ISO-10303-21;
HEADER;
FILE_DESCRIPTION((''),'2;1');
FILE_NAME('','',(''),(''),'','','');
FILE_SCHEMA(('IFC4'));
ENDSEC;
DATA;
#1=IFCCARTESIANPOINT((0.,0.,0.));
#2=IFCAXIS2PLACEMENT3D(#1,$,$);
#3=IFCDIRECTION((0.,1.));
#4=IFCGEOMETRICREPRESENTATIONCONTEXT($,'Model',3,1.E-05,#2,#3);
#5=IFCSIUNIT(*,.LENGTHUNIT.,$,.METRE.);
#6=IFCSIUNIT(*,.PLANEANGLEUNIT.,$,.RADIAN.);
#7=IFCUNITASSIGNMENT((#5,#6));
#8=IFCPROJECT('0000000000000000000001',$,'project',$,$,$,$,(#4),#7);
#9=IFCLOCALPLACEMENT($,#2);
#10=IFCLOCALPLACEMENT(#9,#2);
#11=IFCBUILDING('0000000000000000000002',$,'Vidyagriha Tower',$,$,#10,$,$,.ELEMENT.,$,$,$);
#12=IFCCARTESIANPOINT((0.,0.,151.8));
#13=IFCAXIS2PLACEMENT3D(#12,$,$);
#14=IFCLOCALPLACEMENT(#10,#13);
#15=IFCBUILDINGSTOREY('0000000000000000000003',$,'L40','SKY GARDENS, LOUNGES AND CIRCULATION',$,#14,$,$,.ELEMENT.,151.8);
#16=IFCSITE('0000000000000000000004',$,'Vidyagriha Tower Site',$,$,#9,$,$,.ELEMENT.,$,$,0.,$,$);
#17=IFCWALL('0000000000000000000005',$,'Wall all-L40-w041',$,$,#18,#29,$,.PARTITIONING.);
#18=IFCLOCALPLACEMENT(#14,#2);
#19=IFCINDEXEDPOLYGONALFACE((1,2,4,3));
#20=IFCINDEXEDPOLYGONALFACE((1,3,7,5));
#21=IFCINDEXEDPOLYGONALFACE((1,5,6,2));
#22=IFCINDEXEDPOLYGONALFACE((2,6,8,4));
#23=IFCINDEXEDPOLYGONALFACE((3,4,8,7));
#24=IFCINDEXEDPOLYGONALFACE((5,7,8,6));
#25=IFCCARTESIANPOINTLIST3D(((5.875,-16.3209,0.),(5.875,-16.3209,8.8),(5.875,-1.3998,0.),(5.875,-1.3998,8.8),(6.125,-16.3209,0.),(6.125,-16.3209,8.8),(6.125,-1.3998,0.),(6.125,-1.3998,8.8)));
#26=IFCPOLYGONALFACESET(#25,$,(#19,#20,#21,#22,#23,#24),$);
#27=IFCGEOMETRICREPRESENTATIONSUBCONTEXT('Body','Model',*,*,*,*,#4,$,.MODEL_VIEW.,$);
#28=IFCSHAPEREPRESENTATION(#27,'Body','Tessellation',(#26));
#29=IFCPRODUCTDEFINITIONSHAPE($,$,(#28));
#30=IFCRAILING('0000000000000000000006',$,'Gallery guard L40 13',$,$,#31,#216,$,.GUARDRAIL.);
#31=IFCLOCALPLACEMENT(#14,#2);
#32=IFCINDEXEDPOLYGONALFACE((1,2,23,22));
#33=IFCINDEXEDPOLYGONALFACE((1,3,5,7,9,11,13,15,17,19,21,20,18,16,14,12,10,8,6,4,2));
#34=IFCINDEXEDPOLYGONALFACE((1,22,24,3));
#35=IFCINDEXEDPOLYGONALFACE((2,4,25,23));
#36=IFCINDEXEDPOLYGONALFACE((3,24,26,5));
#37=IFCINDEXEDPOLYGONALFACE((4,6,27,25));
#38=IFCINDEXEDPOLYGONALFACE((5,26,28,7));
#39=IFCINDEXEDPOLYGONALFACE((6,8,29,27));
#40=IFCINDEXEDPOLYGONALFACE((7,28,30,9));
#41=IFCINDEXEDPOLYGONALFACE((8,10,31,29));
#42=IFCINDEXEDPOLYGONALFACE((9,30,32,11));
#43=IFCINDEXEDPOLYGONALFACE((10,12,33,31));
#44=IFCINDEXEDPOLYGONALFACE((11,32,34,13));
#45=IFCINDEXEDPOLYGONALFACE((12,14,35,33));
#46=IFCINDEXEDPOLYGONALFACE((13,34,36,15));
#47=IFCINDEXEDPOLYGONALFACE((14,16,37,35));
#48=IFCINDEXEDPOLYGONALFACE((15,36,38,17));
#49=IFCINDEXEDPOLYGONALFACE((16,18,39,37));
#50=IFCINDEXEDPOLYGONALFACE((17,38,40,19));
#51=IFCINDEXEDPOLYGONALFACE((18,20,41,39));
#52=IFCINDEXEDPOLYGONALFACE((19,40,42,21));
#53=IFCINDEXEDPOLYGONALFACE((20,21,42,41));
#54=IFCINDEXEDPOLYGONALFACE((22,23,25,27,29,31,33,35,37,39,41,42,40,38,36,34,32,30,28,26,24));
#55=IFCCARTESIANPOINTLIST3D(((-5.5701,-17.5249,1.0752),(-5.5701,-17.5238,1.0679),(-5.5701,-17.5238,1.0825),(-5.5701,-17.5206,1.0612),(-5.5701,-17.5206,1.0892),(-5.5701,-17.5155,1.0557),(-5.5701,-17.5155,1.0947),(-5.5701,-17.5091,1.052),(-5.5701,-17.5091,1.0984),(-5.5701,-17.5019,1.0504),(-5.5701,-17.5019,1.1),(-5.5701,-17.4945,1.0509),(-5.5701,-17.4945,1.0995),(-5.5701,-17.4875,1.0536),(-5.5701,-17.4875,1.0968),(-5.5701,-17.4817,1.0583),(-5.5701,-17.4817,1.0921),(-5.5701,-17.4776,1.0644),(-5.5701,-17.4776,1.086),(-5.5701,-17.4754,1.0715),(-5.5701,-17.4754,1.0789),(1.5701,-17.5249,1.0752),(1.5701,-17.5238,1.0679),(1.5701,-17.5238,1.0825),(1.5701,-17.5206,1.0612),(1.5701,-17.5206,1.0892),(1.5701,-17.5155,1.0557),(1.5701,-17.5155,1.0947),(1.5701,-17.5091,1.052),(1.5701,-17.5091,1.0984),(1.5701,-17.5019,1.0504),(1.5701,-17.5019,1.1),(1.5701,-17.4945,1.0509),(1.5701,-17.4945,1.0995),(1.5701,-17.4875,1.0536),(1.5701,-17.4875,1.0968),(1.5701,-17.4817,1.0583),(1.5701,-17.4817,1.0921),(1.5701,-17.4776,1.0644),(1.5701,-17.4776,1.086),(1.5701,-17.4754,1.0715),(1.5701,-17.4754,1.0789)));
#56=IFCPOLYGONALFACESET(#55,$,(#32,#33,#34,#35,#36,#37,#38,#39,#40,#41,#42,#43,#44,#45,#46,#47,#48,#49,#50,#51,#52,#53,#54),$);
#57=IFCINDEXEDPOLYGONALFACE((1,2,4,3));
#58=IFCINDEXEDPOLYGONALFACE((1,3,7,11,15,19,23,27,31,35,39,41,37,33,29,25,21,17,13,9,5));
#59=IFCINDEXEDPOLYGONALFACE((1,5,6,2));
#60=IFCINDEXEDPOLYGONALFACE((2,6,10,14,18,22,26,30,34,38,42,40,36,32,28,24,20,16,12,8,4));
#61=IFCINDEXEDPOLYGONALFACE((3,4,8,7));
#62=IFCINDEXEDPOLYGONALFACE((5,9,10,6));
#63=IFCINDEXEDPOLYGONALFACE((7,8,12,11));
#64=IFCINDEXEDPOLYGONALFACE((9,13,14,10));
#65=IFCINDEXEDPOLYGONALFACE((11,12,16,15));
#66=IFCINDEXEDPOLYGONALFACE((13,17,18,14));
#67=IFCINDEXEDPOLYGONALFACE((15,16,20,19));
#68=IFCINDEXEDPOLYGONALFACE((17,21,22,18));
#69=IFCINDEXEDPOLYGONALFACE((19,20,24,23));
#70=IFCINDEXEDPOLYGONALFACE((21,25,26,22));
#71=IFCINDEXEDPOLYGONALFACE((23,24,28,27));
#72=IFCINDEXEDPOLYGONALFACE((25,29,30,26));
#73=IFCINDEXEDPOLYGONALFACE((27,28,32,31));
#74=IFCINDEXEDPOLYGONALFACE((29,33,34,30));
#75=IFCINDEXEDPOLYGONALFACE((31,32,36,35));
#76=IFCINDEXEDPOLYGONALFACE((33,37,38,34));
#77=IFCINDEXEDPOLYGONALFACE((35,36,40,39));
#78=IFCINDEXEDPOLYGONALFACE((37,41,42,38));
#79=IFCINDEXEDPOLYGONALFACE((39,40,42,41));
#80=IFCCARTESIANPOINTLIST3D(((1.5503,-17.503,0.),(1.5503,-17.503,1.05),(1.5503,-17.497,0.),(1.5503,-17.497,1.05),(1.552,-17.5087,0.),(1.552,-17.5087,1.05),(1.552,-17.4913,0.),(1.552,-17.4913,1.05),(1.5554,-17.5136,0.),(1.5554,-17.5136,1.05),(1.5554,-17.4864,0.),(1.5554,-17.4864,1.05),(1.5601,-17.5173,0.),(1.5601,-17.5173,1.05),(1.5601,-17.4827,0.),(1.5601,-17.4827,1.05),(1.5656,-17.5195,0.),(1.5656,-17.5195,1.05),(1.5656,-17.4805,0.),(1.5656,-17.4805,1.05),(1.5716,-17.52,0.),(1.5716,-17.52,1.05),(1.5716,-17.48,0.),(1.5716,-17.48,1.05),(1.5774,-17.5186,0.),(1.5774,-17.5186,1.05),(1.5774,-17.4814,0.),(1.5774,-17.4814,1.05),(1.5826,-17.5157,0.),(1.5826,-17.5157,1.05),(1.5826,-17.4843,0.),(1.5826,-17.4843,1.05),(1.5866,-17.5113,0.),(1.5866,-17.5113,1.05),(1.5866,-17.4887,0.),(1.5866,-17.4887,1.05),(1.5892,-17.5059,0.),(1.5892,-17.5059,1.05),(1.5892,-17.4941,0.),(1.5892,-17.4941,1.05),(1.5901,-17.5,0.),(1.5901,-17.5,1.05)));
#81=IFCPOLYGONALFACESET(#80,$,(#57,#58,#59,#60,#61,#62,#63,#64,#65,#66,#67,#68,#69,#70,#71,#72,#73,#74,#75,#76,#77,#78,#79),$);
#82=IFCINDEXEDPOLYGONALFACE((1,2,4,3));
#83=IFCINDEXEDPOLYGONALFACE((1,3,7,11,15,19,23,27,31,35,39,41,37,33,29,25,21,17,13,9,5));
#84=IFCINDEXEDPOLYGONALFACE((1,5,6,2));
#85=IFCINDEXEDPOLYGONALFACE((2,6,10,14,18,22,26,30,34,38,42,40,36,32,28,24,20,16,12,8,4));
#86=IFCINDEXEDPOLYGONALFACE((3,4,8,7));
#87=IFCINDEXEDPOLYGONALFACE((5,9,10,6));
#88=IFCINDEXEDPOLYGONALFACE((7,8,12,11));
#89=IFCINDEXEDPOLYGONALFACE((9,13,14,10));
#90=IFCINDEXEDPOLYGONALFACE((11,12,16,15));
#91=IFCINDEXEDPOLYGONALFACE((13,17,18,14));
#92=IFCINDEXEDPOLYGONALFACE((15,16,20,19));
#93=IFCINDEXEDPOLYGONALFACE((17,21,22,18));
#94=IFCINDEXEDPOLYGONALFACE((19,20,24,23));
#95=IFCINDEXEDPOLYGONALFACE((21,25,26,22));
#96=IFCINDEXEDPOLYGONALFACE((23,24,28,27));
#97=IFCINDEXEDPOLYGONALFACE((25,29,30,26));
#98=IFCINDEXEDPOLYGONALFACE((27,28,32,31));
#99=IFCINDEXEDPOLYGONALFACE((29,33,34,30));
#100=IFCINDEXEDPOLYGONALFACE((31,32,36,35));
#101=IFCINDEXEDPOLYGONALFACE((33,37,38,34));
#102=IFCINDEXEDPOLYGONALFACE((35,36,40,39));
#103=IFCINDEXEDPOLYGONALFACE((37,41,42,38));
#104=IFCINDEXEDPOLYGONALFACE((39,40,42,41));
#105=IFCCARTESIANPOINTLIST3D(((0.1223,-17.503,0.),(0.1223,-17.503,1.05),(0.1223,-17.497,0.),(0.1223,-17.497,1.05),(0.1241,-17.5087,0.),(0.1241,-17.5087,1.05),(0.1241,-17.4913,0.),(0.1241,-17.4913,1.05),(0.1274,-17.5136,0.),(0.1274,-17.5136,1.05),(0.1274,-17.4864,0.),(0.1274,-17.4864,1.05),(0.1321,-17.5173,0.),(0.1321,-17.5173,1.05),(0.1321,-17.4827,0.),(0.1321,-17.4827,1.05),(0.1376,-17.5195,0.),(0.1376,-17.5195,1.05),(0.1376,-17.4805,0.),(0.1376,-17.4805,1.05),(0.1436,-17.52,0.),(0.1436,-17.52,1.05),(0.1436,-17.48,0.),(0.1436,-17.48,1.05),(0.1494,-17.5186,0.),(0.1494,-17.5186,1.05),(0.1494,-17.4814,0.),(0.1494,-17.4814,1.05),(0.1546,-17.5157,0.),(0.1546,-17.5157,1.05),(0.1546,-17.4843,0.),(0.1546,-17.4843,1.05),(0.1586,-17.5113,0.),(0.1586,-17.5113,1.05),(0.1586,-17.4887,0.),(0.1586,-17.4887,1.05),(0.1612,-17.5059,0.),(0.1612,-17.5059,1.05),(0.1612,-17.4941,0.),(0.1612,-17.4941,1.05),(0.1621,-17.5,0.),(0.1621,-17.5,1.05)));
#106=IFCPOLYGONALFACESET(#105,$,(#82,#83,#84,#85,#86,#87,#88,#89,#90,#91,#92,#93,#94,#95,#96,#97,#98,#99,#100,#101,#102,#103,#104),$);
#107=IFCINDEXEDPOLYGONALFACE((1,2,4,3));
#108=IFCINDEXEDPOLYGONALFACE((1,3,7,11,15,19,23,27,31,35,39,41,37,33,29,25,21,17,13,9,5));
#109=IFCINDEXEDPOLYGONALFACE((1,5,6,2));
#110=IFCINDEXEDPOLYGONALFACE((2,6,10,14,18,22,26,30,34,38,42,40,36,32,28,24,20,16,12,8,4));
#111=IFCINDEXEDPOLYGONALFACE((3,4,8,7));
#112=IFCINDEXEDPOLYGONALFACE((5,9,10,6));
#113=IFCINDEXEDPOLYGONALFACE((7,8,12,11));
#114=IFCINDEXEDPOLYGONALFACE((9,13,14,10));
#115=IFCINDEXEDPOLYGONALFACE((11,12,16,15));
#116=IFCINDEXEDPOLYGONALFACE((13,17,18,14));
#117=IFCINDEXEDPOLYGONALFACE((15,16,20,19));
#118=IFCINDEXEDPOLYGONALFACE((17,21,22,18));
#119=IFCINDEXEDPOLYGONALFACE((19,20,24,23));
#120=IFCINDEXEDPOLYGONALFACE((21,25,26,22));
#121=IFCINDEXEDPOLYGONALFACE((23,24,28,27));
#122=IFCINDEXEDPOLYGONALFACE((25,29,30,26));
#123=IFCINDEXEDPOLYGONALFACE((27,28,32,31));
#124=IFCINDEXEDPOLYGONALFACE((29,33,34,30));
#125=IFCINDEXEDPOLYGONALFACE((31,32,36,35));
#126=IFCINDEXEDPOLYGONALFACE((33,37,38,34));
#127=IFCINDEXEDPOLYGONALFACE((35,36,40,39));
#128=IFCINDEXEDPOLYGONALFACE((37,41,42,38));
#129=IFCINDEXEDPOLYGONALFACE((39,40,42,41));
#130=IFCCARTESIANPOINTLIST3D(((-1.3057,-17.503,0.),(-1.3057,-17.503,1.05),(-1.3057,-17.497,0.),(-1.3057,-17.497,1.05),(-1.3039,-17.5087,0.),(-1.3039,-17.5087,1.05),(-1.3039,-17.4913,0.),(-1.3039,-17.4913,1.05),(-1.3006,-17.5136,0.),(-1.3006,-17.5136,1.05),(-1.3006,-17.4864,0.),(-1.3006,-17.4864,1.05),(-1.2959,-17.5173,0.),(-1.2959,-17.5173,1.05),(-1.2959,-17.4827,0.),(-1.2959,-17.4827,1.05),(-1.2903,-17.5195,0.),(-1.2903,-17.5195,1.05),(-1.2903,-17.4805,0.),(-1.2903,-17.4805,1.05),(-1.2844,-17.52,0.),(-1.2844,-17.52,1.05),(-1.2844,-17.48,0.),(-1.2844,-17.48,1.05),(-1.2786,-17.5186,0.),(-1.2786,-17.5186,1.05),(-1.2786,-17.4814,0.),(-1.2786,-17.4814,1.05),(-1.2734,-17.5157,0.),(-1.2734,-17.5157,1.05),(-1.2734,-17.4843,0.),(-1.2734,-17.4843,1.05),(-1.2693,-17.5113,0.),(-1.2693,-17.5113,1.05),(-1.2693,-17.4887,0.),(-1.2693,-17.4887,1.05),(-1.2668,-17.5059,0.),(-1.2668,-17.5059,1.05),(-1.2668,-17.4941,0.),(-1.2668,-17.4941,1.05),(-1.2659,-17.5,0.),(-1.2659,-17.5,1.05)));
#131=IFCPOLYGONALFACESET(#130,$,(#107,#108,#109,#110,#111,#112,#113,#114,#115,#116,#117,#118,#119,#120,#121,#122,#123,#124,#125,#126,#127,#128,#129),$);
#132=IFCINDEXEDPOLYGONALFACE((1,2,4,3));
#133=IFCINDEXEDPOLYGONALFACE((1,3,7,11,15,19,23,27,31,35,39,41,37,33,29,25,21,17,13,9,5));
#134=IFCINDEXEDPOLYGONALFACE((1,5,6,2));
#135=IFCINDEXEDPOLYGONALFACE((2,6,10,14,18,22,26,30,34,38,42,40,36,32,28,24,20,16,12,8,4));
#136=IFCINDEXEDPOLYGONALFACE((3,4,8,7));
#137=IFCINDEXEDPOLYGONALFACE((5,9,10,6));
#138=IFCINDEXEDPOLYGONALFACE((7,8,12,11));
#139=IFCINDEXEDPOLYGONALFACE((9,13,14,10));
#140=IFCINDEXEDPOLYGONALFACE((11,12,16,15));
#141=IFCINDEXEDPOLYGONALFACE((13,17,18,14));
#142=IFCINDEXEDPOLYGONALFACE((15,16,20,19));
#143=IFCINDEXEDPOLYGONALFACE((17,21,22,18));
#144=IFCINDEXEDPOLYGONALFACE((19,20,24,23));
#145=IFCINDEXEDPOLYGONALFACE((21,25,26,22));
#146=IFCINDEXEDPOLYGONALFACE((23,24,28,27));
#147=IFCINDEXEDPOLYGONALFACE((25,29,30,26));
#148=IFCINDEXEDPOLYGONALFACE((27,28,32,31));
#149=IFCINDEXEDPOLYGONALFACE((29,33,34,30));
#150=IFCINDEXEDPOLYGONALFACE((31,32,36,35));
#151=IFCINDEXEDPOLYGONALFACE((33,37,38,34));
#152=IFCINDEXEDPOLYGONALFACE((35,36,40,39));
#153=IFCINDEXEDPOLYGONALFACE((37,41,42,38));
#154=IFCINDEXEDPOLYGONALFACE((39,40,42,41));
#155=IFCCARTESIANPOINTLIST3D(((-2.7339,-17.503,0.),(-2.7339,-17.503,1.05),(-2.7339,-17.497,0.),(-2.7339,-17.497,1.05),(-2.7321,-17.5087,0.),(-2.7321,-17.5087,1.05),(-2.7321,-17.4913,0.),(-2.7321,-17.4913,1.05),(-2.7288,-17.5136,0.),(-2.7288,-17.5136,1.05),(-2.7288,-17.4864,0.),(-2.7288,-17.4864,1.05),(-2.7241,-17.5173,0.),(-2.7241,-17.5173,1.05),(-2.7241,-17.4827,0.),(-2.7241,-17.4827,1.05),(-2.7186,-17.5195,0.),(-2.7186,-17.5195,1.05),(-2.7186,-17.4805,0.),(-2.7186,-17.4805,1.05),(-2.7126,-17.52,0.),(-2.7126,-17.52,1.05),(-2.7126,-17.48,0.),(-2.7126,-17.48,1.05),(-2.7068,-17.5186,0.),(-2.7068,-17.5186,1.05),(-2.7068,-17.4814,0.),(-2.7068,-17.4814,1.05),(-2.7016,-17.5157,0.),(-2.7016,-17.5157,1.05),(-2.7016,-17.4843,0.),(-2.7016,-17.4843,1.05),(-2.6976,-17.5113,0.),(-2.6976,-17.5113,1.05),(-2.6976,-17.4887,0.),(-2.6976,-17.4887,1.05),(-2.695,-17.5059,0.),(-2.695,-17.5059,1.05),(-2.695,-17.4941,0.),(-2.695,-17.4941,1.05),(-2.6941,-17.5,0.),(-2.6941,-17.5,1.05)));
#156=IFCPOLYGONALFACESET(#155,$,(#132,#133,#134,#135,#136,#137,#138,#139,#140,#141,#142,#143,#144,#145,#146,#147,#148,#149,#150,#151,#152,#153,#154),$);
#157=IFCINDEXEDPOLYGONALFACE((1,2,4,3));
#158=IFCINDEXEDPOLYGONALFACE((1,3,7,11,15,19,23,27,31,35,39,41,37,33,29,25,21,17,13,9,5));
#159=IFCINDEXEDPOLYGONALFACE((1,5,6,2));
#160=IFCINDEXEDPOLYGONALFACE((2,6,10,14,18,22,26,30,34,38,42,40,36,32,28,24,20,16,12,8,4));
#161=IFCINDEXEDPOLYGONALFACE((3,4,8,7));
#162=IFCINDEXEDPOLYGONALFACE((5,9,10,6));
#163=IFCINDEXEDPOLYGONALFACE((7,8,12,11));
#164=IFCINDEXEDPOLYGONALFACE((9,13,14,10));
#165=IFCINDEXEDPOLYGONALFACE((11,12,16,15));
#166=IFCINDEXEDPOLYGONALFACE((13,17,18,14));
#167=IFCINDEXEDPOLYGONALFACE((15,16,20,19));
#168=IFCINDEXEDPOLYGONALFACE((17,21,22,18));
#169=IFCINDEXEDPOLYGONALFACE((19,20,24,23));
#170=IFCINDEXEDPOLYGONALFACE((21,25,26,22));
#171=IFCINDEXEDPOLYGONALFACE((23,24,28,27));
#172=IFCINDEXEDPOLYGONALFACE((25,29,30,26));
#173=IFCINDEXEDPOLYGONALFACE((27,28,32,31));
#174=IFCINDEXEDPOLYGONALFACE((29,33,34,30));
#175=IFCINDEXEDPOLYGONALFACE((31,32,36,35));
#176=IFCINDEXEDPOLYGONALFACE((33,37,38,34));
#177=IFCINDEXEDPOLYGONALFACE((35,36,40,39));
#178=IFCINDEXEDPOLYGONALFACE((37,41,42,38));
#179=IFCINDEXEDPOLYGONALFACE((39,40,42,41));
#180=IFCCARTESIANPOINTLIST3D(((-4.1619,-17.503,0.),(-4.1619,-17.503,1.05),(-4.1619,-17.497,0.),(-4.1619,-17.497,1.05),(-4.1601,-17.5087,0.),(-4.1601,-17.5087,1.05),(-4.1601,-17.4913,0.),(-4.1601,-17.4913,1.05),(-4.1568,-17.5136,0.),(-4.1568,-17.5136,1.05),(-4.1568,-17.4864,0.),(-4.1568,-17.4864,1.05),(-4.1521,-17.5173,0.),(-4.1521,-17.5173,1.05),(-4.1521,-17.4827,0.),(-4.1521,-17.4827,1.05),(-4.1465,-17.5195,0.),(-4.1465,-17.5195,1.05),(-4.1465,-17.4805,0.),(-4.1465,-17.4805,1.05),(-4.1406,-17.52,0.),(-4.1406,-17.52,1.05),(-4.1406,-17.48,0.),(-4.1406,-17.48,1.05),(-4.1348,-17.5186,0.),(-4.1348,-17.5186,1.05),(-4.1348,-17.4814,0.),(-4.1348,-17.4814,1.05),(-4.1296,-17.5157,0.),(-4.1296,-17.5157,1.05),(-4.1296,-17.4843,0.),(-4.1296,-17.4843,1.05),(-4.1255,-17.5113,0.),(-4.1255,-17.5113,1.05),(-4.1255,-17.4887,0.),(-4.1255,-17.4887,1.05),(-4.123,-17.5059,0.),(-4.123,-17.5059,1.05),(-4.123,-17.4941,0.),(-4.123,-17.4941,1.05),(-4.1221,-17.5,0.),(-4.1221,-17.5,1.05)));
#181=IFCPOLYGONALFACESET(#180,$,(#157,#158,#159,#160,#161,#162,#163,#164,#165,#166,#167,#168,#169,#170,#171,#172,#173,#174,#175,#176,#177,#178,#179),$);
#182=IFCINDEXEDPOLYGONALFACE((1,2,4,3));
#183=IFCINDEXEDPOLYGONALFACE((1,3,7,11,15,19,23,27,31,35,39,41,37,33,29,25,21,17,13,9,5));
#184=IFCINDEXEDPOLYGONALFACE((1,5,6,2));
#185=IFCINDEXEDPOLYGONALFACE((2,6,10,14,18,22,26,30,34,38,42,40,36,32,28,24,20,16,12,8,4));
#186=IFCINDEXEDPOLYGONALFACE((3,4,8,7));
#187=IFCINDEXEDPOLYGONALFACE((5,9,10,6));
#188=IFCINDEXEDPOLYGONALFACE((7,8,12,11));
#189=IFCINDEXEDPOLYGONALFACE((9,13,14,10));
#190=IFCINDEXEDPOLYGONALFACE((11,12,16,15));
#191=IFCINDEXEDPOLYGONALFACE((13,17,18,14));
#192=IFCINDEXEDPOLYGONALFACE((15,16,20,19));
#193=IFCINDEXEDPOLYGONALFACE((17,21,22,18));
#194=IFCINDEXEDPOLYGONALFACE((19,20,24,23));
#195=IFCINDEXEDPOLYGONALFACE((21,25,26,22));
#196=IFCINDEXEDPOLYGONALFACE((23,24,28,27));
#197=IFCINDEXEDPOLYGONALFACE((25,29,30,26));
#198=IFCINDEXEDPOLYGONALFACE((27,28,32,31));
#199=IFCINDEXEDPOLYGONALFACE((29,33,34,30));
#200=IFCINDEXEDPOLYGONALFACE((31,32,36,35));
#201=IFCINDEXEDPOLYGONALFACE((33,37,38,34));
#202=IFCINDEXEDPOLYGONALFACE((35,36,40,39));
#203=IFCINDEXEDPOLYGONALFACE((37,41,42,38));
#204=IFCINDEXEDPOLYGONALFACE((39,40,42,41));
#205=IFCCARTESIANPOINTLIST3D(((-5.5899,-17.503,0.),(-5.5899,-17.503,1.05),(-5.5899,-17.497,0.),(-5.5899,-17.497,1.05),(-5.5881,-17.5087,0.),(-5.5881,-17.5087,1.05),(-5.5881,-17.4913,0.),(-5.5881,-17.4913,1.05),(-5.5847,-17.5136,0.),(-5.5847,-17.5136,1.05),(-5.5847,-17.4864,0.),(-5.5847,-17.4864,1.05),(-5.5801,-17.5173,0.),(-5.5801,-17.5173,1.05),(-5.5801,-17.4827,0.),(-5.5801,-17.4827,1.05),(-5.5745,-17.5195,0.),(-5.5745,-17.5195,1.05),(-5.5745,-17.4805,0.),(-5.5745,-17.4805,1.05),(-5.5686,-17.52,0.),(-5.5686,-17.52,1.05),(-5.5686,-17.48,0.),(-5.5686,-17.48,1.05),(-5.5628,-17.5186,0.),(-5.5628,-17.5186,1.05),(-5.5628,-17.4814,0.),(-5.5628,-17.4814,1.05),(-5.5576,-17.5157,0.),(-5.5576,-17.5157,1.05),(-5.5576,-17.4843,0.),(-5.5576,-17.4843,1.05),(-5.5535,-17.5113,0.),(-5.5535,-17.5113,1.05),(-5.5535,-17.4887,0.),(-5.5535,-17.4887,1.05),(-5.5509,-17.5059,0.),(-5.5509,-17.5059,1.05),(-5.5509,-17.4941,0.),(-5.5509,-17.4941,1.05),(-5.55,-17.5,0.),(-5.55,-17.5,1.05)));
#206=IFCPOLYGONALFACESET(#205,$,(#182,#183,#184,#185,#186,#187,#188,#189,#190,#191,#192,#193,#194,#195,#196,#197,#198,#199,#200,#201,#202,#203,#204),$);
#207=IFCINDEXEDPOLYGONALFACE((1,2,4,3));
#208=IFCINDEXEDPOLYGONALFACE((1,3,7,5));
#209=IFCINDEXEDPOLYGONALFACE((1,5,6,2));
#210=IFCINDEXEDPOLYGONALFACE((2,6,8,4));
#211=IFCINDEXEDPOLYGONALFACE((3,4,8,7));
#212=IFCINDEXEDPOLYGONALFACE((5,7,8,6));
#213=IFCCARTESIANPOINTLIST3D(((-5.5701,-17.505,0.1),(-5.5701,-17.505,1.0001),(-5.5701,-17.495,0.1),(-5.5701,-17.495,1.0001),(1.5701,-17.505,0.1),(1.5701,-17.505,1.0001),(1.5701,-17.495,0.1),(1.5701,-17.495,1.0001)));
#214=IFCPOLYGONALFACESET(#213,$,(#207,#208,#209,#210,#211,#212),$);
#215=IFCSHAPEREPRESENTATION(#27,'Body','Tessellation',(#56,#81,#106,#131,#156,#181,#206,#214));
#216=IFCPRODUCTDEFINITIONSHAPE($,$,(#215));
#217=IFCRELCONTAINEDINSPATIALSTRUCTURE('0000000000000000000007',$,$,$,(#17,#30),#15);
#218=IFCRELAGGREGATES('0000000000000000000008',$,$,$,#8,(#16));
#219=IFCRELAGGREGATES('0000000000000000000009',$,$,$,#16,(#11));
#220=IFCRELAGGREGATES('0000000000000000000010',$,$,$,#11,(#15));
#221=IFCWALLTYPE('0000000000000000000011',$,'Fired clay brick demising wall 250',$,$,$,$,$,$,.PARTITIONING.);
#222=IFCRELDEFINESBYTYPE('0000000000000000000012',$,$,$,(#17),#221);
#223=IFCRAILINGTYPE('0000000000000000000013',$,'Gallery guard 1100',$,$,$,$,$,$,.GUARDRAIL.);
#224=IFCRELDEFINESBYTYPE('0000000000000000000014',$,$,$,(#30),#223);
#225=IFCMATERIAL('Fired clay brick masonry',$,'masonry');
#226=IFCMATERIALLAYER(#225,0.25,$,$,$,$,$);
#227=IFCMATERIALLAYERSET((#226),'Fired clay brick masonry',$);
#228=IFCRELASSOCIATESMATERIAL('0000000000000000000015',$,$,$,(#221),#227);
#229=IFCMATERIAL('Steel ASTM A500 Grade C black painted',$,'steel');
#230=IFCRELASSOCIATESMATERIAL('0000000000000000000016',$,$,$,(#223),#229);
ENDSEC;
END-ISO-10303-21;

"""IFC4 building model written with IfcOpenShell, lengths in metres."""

from ifc_helpers import new_model, si_unit, direction, frame, frame_2d, origin, origin_2d, place, context, subcontext, project, spatial, rectangle, circle, extrude, material, layer, layer_set, type_object, element, save


model = new_model("IFC4")

# Units and contexts
model_context = context("Model", 3, precision=1e-05, world=origin(), true_north=direction((0.0, 1.0)))
body_context = subcontext(model_context, "Body", "Model", "MODEL_VIEW")
ifc_project = project(units=[si_unit("LENGTHUNIT", "METRE"), si_unit("PLANEANGLEUNIT", "RADIAN")], contexts=[model_context])

# Site, building, storey
site_placement = place(None, origin())
site = spatial("IfcSite", under=ifc_project, at=site_placement, Name="Vidyagriha Tower Site", CompositionType="ELEMENT", RefElevation=0.0)
building_placement = place(site_placement, origin())
building = spatial("IfcBuilding", under=site, at=building_placement, Name="Vidyagriha Tower", CompositionType="ELEMENT")
storey_placement = place(building_placement, frame((0.0, 0.0, 151.8)))
storey = spatial("IfcBuildingStorey", under=building, at=storey_placement, Name="L40", Description="SKY GARDENS, LOUNGES AND CIRCULATION", CompositionType="ELEMENT", Elevation=151.8)

# Wall
ifc_material_1 = material(Name="Fired clay brick masonry", Category="masonry")
ifc_layer_1 = layer(ifc_material_1, 0.25)
ifc_layer_set_1 = layer_set([ifc_layer_1], Name="Fired clay brick masonry")
wall_type_1 = type_object("IfcWallType", Name="Fired clay brick demising wall 250", PredefinedType="PARTITIONING", material=ifc_layer_set_1)
wall_1_placement = place(storey_placement, frame((6.0, -1.3999, 0.0), z_axis=(0.0, 0.0, 1.0), x_axis=(0.0, -1.0, 0.0)))
element("IfcWall", 1, at=wall_1_placement, inside=storey, type_object=wall_type_1, Name="Wall all-L40-w041", PredefinedType="PARTITIONING", context=body_context, shape_type="SweptSolid", body=[
    extrude(rectangle(XDim=14.9211, YDim=0.25, at=frame_2d((7.4604, 0.0))), origin(), (0.0, 0.0, 1.0), 8.8),
])

# Railing
ifc_material_2 = material(Name="Steel ASTM A500 Grade C black painted", Category="steel")
railing_type = type_object("IfcRailingType", Name="Gallery guard 1100", PredefinedType="GUARDRAIL", material=ifc_material_2)
for number, where, name in (
    (2, (1.5701, -17.5, 0.0), "Gallery guard L40 13"),
):
    element("IfcRailing", number, at=place(storey_placement, frame(where)), inside=storey, type_object=railing_type, Name=name, PredefinedType="GUARDRAIL", context=body_context, shape_type="SweptSolid", body=[
        extrude(circle(Radius=0.0249, at=origin_2d()), frame((0.0, 0.0, 1.0752), z_axis=(-1.0, 0.0, 0.0), x_axis=(0.0, -1.0, 0.0)), (0.0, 0.0, 1.0), 7.1401),
        extrude(circle(Radius=0.02, at=origin_2d()), origin(), (0.0, 0.0, 1.0), 1.05),
        extrude(circle(Radius=0.02, at=origin_2d()), frame((-1.428, 0.0, 0.0)), (0.0, 0.0, 1.0), 1.05),
        extrude(circle(Radius=0.02, at=origin_2d()), frame((-2.856, 0.0, 0.0)), (0.0, 0.0, 1.0), 1.05),
        extrude(circle(Radius=0.02, at=origin_2d()), frame((-4.2842, 0.0, 0.0)), (0.0, 0.0, 1.0), 1.05),
        extrude(circle(Radius=0.02, at=origin_2d()), frame((-5.7122, 0.0, 0.0)), (0.0, 0.0, 1.0), 1.05),
        extrude(circle(Radius=0.02, at=origin_2d()), frame((-7.1401, 0.0, 0.0)), (0.0, 0.0, 1.0), 1.05),
        extrude(rectangle(XDim=0.01, YDim=0.9001, at=origin_2d()), frame((0.0, 0.0, 0.55), z_axis=(-1.0, 0.0, 0.0), x_axis=(0.0, -1.0, 0.0)), (0.0, 0.0, 1.0), 7.1401),
    ])

save(model, "model.ifc")
